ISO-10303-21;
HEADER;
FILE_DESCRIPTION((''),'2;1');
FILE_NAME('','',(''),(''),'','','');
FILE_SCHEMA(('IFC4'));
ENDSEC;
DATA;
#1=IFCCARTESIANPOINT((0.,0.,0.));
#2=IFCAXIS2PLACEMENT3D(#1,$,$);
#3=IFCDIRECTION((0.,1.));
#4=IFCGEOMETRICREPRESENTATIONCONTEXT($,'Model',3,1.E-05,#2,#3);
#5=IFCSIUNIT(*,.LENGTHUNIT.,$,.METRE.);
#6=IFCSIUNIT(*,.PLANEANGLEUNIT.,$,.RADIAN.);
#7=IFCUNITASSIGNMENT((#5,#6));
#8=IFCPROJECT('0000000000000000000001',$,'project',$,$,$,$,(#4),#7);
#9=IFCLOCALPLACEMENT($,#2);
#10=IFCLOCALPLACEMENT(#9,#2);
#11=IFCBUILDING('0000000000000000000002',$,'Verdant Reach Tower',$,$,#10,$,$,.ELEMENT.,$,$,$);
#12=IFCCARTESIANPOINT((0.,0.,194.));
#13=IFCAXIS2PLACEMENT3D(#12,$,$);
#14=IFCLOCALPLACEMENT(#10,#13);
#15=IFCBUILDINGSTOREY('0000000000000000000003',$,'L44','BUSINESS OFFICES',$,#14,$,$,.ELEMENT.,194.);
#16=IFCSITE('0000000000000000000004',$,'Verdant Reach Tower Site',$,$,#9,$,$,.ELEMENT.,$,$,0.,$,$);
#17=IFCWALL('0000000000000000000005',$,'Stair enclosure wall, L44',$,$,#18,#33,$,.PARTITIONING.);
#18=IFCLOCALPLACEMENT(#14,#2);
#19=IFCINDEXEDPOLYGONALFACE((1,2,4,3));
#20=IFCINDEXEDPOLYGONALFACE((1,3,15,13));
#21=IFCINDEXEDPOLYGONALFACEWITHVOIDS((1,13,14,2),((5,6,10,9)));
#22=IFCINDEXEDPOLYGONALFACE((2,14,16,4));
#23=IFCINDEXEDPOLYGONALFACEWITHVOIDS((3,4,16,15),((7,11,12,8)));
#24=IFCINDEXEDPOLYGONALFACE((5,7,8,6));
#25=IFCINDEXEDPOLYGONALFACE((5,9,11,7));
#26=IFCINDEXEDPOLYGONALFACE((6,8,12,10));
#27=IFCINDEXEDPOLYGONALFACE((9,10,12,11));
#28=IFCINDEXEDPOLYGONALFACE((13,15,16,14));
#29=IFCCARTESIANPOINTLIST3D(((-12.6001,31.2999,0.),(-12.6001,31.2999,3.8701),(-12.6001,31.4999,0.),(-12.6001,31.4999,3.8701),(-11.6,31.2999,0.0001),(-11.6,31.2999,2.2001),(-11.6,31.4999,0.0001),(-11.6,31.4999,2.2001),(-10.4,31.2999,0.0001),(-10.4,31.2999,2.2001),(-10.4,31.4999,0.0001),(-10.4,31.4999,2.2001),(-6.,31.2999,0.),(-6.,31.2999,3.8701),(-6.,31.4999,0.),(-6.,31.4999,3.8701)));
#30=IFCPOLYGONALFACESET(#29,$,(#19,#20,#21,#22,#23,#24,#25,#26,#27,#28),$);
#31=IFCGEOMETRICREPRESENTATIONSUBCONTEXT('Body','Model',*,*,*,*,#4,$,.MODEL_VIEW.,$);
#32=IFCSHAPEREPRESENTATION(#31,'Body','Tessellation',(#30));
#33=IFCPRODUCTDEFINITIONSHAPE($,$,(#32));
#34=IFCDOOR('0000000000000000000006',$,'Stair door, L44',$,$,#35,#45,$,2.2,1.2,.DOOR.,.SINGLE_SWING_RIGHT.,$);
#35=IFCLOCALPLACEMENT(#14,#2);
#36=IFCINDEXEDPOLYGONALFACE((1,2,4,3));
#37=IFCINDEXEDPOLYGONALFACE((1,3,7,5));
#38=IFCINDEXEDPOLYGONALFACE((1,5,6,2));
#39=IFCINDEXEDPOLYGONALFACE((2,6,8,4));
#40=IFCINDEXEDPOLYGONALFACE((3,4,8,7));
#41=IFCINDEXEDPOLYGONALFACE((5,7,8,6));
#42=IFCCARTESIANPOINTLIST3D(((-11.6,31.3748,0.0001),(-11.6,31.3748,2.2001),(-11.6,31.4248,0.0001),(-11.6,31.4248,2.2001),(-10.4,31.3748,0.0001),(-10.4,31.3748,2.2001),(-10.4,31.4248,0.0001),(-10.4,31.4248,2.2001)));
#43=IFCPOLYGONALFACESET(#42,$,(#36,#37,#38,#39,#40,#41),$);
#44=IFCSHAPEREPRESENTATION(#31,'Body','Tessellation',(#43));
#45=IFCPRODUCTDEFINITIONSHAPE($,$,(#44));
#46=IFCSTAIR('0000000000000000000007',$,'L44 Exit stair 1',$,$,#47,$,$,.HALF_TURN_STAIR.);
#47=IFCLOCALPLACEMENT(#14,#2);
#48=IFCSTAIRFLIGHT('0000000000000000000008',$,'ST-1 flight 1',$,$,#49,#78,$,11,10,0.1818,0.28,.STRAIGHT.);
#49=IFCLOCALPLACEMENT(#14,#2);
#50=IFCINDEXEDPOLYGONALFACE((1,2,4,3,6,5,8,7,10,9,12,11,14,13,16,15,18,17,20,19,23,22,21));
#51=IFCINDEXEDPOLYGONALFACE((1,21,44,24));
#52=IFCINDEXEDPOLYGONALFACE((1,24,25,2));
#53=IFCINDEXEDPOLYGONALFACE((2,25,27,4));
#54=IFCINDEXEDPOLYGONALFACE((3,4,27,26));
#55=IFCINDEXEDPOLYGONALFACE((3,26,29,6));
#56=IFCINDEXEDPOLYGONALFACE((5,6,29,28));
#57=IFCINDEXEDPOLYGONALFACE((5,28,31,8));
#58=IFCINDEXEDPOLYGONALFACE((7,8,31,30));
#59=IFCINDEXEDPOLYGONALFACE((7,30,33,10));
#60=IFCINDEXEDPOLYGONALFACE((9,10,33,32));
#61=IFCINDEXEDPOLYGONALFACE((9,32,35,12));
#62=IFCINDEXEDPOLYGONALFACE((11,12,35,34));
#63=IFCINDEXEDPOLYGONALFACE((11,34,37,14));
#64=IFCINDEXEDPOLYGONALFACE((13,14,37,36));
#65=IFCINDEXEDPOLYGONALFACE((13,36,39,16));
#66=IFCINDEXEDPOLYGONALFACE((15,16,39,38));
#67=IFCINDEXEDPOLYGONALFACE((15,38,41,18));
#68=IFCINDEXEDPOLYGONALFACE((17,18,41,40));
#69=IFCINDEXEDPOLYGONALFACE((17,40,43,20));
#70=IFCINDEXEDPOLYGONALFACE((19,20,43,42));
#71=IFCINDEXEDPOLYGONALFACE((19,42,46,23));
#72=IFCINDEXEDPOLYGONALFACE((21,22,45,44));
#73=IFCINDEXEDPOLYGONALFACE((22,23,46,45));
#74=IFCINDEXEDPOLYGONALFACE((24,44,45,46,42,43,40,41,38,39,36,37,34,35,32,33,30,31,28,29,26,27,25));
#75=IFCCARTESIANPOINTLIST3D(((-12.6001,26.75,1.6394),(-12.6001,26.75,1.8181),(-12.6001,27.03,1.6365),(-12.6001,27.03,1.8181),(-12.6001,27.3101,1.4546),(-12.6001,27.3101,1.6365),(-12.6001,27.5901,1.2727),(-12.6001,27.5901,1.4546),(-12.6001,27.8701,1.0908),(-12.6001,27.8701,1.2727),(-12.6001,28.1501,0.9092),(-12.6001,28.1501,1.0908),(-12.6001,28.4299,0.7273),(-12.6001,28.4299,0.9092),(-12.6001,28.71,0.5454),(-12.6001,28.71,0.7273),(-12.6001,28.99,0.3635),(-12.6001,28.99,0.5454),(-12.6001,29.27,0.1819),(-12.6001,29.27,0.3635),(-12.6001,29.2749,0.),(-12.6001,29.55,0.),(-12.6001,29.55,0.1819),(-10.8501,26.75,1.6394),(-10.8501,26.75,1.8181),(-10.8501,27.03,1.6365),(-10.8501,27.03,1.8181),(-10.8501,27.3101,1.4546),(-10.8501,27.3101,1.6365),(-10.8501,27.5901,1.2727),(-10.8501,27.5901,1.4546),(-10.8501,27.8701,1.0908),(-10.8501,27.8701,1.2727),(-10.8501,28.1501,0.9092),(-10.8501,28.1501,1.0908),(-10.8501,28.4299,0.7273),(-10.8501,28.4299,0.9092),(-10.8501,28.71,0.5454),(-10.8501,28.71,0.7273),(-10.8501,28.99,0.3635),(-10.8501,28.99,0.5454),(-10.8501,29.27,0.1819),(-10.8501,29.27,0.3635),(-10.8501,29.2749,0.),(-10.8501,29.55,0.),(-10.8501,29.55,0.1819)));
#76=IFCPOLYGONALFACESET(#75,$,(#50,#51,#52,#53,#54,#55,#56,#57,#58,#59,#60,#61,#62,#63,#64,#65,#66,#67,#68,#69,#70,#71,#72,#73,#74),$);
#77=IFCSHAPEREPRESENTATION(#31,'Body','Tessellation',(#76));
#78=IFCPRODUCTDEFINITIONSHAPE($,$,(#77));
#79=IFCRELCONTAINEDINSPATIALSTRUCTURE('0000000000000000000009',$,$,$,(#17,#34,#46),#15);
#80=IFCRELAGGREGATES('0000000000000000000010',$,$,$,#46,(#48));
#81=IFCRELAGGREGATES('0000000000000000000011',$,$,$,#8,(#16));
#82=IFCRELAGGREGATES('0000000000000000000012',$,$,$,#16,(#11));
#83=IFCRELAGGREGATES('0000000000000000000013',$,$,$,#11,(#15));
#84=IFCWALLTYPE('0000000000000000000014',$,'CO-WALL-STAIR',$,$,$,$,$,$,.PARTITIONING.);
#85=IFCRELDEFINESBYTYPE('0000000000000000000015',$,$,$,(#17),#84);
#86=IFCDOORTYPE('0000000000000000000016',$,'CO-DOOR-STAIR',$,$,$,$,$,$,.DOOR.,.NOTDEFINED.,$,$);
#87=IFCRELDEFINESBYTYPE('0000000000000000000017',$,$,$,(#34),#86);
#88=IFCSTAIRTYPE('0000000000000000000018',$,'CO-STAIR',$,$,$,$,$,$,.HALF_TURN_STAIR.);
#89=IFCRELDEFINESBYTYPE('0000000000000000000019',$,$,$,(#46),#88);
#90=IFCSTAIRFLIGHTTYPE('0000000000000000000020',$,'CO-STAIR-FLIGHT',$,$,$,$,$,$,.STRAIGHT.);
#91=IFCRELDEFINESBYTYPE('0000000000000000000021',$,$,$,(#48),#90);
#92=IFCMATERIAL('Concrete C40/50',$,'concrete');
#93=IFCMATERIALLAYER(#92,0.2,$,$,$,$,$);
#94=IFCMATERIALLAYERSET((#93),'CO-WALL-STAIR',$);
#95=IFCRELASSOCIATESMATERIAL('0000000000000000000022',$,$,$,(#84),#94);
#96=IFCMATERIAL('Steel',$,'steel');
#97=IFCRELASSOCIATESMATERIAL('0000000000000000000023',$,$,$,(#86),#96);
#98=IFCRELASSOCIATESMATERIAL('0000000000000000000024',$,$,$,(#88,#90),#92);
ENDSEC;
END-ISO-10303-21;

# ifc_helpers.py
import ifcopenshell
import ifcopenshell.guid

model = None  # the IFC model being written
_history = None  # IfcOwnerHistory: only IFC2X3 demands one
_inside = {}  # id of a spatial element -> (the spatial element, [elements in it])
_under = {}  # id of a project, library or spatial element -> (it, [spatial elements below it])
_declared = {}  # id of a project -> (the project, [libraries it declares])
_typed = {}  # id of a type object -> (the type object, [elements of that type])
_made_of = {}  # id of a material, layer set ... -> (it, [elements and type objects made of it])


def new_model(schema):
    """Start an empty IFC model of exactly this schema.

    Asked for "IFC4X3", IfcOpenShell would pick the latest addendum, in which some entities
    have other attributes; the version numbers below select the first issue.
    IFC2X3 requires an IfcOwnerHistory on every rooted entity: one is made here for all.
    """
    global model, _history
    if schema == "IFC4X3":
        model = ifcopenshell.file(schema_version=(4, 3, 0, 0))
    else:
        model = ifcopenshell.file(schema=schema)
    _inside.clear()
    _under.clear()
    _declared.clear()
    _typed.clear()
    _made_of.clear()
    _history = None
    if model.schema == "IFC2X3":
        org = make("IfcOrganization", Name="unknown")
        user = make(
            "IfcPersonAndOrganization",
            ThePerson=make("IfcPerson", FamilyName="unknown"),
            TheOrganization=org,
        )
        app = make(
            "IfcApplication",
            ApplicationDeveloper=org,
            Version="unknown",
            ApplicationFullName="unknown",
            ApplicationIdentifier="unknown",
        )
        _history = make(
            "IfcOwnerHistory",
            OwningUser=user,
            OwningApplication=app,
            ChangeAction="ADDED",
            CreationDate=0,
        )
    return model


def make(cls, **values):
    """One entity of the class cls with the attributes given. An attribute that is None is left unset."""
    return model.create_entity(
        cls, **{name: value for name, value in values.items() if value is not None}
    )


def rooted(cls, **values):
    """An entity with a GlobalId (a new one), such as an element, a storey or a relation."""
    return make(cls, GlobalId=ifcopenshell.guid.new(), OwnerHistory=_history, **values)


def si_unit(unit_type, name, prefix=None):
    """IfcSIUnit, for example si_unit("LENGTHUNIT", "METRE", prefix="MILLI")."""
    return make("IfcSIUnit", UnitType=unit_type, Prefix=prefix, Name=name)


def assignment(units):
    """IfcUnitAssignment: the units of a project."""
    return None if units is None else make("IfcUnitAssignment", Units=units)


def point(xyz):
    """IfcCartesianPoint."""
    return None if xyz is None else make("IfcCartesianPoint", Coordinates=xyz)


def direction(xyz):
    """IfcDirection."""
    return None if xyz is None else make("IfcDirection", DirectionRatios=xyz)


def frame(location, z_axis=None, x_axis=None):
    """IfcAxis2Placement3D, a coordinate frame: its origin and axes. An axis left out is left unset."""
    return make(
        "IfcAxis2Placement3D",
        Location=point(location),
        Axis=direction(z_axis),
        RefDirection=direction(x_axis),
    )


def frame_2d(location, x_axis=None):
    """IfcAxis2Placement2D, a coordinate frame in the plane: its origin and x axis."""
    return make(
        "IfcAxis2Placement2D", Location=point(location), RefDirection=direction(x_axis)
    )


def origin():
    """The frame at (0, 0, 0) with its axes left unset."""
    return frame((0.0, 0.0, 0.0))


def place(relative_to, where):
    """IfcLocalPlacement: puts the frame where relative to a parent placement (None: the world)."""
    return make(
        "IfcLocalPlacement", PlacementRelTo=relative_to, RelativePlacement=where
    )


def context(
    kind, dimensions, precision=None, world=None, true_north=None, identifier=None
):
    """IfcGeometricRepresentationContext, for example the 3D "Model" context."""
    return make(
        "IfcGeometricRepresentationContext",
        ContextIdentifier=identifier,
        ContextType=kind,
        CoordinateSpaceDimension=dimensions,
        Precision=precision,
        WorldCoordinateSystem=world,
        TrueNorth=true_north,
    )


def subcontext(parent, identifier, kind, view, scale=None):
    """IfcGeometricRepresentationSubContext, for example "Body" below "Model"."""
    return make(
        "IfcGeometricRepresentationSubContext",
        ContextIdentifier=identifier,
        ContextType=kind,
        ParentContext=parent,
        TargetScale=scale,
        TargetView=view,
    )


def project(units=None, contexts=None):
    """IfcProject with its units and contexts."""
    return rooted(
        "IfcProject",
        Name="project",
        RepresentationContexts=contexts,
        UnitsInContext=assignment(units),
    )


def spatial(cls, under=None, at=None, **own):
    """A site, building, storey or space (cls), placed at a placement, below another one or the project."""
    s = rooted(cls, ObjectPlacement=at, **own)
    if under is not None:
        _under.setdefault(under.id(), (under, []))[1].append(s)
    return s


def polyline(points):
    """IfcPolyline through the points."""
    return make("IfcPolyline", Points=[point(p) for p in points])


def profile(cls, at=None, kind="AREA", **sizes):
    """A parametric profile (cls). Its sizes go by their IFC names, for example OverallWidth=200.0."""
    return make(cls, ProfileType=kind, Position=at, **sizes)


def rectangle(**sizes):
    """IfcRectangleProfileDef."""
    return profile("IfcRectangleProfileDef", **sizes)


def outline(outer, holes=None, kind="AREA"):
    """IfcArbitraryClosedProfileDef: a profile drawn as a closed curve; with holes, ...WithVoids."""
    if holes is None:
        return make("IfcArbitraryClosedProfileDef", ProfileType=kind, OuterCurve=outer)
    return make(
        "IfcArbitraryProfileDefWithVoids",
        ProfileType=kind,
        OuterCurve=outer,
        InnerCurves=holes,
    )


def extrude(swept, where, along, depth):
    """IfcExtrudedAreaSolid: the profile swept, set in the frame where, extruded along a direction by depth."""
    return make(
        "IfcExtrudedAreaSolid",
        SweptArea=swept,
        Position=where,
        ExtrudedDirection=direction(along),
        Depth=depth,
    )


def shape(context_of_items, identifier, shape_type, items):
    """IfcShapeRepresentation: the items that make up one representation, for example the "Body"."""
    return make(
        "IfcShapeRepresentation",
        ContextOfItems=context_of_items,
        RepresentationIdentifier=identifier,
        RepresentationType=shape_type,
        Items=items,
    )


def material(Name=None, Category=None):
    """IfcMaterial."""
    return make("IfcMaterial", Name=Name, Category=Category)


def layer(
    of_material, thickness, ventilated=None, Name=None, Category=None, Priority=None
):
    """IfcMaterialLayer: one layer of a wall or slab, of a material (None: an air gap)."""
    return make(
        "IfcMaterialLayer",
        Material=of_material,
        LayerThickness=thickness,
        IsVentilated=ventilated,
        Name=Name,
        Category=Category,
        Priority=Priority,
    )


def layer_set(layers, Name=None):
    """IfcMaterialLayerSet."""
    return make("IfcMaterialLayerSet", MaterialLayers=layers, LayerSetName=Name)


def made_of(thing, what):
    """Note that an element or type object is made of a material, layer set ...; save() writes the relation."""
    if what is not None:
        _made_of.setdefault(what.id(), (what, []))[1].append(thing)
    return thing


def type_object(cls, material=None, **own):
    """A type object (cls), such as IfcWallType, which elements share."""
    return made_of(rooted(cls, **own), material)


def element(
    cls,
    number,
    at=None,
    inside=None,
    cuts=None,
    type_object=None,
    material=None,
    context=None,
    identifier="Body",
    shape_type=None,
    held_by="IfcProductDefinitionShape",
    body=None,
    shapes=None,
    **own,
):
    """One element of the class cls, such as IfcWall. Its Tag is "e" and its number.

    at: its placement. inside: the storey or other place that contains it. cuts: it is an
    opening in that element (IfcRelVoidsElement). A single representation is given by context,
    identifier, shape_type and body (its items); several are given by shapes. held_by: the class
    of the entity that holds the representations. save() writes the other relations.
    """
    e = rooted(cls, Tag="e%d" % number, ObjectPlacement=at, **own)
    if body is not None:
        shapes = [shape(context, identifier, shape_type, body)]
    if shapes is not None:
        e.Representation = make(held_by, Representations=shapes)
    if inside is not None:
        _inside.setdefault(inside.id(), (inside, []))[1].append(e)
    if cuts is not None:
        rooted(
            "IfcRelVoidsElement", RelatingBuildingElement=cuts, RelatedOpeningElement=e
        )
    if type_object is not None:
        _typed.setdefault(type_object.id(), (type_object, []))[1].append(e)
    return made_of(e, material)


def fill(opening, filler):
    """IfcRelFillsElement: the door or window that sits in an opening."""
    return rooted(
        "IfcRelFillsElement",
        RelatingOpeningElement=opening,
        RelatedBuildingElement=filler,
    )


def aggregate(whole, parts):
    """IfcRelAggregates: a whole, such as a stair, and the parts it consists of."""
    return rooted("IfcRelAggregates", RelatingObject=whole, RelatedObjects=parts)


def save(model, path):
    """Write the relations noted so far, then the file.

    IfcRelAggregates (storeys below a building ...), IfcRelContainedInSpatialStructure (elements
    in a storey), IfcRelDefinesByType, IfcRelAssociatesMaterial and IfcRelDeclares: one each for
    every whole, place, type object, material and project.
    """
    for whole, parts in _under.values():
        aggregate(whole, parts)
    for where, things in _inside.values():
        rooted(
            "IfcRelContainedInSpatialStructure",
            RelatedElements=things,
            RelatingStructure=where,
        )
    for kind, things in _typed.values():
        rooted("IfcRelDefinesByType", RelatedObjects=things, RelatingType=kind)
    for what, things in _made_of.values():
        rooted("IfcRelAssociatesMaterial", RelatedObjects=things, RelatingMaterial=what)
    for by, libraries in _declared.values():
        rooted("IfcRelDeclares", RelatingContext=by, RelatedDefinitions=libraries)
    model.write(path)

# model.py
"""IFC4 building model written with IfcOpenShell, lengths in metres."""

from ifc_helpers import new_model, si_unit, direction, frame, frame_2d, origin, place, context, subcontext, project, spatial, polyline, rectangle, outline, extrude, material, layer, layer_set, type_object, element, fill, aggregate, save


model = new_model("IFC4")

# Units and contexts
model_context = context("Model", 3, precision=1e-05, world=origin(), true_north=direction((0.0, 1.0)))
body_context = subcontext(model_context, "Body", "Model", "MODEL_VIEW")
ifc_project = project(units=[si_unit("LENGTHUNIT", "METRE"), si_unit("PLANEANGLEUNIT", "RADIAN")], contexts=[model_context])

# Site, building, storey
site_placement = place(None, origin())
site = spatial("IfcSite", under=ifc_project, at=site_placement, Name="Verdant Reach Tower Site", CompositionType="ELEMENT", RefElevation=0.0)
building_placement = place(site_placement, origin())
building = spatial("IfcBuilding", under=site, at=building_placement, Name="Verdant Reach Tower", CompositionType="ELEMENT")
storey_placement = place(building_placement, frame((0.0, 0.0, 194.0)))
storey = spatial("IfcBuildingStorey", under=building, at=storey_placement, Name="L44", Description="BUSINESS OFFICES", CompositionType="ELEMENT", Elevation=194.0)

# Shared definitions
ifc_material_1 = material(Name="Concrete C40/50", Category="concrete")
ifc_material_2 = material(Name="Steel", Category="steel")

# Wall, opening, door
ifc_layer_1 = layer(ifc_material_1, 0.2)
ifc_layer_set_1 = layer_set([ifc_layer_1], Name="CO-WALL-STAIR")
wall_type_1 = type_object("IfcWallType", Name="CO-WALL-STAIR", PredefinedType="PARTITIONING", material=ifc_layer_set_1)
wall_1_placement = place(storey_placement, frame((-12.6001, 31.3999, 0.0), z_axis=(0.0, 0.0, 1.0), x_axis=(1.0, 0.0, 0.0)))
wall_1 = element("IfcWall", 1, at=wall_1_placement, inside=storey, type_object=wall_type_1, Name="Stair enclosure wall, L44", PredefinedType="PARTITIONING", context=body_context, shape_type="SweptSolid", body=[
    extrude(rectangle(XDim=6.6001, YDim=0.2, at=frame_2d((3.3, 0.0))), origin(), (0.0, 0.0, 1.0), 3.8701),
])
opening_1_placement = place(wall_1_placement, frame((1.0, 0.0, 0.0)))
opening_1 = element("IfcOpeningElement", 2, at=opening_1_placement, cuts=wall_1, PredefinedType="OPENING", context=body_context, shape_type="SweptSolid", body=[
    extrude(rectangle(XDim=1.2, YDim=2.2, at=frame_2d((0.6001, 1.1001))), frame((0.0, 0.1099, 0.0), z_axis=(0.0, -1.0, 0.0), x_axis=(1.0, 0.0, 0.0)), (0.0, 0.0, 1.0), 0.22),
])
door_type_1 = type_object("IfcDoorType", Name="CO-DOOR-STAIR", OperationType="NOTDEFINED", PredefinedType="DOOR", material=ifc_material_2)
door_1_placement = place(opening_1_placement, origin())
door_1 = element("IfcDoor", 3, at=door_1_placement, inside=storey, type_object=door_type_1, Name="Stair door, L44", OperationType="SINGLE_SWING_RIGHT", OverallHeight=2.2, OverallWidth=1.2, PredefinedType="DOOR", context=body_context, shape_type="SweptSolid", body=[
    extrude(rectangle(XDim=1.2, YDim=2.2, at=frame_2d((0.6001, 1.1001))), frame((0.0, 0.0249, 0.0), z_axis=(0.0, -1.0, 0.0), x_axis=(1.0, 0.0, 0.0)), (0.0, 0.0, 1.0), 0.05),
])
fill(opening_1, door_1)

# Stair, stair flight
stair_type = type_object("IfcStairType", Name="CO-STAIR", PredefinedType="HALF_TURN_STAIR", material=ifc_material_1)
stair_placement = place(storey_placement, origin())
stair = element("IfcStair", 4, at=stair_placement, inside=storey, type_object=stair_type, Name="L44 Exit stair 1", PredefinedType="HALF_TURN_STAIR")
stair_flight_type = type_object("IfcStairFlightType", Name="CO-STAIR-FLIGHT", PredefinedType="STRAIGHT", material=ifc_material_1)
stair_flight_placement = place(storey_placement, frame((-11.7251, 29.55, 0.0), z_axis=(0.0, 0.0, 1.0), x_axis=(0.0, -1.0, 0.0)))
stair_flight = element("IfcStairFlight", 5, at=stair_flight_placement, type_object=stair_flight_type, Name="ST-1 flight 1", NumberOfRisers=11, NumberOfTreads=10, PredefinedType="STRAIGHT", RiserHeight=0.1818, TreadLength=0.28, context=body_context, shape_type="SweptSolid", body=[
    extrude(outline(polyline([(0.0, 0.0), (0.0, 0.1819), (0.28, 0.1819), (0.28, 0.3635), (0.5601, 0.3635), (0.5601, 0.5454), (0.8401, 0.5454), (0.8401, 0.7273), (1.1201, 0.7273), (1.1201, 0.9092), (1.3999, 0.9092), (1.3999, 1.0908), (1.6799, 1.0908), (1.6799, 1.2727), (1.96, 1.2727), (1.96, 1.4546), (2.24, 1.4546), (2.24, 1.6365), (2.52, 1.6365), (2.52, 1.8181), (2.8, 1.8181), (2.8, 2.0), (2.8, 1.6394), (0.2751, 0.0), (0.0, 0.0)])), frame((0.0, 0.875, 0.0), z_axis=(0.0, -1.0, 0.0), x_axis=(1.0, 0.0, 0.0)), (0.0, 0.0, 1.0), 1.75),
])
aggregate(stair, [stair_flight])

save(model, "model.ifc")
